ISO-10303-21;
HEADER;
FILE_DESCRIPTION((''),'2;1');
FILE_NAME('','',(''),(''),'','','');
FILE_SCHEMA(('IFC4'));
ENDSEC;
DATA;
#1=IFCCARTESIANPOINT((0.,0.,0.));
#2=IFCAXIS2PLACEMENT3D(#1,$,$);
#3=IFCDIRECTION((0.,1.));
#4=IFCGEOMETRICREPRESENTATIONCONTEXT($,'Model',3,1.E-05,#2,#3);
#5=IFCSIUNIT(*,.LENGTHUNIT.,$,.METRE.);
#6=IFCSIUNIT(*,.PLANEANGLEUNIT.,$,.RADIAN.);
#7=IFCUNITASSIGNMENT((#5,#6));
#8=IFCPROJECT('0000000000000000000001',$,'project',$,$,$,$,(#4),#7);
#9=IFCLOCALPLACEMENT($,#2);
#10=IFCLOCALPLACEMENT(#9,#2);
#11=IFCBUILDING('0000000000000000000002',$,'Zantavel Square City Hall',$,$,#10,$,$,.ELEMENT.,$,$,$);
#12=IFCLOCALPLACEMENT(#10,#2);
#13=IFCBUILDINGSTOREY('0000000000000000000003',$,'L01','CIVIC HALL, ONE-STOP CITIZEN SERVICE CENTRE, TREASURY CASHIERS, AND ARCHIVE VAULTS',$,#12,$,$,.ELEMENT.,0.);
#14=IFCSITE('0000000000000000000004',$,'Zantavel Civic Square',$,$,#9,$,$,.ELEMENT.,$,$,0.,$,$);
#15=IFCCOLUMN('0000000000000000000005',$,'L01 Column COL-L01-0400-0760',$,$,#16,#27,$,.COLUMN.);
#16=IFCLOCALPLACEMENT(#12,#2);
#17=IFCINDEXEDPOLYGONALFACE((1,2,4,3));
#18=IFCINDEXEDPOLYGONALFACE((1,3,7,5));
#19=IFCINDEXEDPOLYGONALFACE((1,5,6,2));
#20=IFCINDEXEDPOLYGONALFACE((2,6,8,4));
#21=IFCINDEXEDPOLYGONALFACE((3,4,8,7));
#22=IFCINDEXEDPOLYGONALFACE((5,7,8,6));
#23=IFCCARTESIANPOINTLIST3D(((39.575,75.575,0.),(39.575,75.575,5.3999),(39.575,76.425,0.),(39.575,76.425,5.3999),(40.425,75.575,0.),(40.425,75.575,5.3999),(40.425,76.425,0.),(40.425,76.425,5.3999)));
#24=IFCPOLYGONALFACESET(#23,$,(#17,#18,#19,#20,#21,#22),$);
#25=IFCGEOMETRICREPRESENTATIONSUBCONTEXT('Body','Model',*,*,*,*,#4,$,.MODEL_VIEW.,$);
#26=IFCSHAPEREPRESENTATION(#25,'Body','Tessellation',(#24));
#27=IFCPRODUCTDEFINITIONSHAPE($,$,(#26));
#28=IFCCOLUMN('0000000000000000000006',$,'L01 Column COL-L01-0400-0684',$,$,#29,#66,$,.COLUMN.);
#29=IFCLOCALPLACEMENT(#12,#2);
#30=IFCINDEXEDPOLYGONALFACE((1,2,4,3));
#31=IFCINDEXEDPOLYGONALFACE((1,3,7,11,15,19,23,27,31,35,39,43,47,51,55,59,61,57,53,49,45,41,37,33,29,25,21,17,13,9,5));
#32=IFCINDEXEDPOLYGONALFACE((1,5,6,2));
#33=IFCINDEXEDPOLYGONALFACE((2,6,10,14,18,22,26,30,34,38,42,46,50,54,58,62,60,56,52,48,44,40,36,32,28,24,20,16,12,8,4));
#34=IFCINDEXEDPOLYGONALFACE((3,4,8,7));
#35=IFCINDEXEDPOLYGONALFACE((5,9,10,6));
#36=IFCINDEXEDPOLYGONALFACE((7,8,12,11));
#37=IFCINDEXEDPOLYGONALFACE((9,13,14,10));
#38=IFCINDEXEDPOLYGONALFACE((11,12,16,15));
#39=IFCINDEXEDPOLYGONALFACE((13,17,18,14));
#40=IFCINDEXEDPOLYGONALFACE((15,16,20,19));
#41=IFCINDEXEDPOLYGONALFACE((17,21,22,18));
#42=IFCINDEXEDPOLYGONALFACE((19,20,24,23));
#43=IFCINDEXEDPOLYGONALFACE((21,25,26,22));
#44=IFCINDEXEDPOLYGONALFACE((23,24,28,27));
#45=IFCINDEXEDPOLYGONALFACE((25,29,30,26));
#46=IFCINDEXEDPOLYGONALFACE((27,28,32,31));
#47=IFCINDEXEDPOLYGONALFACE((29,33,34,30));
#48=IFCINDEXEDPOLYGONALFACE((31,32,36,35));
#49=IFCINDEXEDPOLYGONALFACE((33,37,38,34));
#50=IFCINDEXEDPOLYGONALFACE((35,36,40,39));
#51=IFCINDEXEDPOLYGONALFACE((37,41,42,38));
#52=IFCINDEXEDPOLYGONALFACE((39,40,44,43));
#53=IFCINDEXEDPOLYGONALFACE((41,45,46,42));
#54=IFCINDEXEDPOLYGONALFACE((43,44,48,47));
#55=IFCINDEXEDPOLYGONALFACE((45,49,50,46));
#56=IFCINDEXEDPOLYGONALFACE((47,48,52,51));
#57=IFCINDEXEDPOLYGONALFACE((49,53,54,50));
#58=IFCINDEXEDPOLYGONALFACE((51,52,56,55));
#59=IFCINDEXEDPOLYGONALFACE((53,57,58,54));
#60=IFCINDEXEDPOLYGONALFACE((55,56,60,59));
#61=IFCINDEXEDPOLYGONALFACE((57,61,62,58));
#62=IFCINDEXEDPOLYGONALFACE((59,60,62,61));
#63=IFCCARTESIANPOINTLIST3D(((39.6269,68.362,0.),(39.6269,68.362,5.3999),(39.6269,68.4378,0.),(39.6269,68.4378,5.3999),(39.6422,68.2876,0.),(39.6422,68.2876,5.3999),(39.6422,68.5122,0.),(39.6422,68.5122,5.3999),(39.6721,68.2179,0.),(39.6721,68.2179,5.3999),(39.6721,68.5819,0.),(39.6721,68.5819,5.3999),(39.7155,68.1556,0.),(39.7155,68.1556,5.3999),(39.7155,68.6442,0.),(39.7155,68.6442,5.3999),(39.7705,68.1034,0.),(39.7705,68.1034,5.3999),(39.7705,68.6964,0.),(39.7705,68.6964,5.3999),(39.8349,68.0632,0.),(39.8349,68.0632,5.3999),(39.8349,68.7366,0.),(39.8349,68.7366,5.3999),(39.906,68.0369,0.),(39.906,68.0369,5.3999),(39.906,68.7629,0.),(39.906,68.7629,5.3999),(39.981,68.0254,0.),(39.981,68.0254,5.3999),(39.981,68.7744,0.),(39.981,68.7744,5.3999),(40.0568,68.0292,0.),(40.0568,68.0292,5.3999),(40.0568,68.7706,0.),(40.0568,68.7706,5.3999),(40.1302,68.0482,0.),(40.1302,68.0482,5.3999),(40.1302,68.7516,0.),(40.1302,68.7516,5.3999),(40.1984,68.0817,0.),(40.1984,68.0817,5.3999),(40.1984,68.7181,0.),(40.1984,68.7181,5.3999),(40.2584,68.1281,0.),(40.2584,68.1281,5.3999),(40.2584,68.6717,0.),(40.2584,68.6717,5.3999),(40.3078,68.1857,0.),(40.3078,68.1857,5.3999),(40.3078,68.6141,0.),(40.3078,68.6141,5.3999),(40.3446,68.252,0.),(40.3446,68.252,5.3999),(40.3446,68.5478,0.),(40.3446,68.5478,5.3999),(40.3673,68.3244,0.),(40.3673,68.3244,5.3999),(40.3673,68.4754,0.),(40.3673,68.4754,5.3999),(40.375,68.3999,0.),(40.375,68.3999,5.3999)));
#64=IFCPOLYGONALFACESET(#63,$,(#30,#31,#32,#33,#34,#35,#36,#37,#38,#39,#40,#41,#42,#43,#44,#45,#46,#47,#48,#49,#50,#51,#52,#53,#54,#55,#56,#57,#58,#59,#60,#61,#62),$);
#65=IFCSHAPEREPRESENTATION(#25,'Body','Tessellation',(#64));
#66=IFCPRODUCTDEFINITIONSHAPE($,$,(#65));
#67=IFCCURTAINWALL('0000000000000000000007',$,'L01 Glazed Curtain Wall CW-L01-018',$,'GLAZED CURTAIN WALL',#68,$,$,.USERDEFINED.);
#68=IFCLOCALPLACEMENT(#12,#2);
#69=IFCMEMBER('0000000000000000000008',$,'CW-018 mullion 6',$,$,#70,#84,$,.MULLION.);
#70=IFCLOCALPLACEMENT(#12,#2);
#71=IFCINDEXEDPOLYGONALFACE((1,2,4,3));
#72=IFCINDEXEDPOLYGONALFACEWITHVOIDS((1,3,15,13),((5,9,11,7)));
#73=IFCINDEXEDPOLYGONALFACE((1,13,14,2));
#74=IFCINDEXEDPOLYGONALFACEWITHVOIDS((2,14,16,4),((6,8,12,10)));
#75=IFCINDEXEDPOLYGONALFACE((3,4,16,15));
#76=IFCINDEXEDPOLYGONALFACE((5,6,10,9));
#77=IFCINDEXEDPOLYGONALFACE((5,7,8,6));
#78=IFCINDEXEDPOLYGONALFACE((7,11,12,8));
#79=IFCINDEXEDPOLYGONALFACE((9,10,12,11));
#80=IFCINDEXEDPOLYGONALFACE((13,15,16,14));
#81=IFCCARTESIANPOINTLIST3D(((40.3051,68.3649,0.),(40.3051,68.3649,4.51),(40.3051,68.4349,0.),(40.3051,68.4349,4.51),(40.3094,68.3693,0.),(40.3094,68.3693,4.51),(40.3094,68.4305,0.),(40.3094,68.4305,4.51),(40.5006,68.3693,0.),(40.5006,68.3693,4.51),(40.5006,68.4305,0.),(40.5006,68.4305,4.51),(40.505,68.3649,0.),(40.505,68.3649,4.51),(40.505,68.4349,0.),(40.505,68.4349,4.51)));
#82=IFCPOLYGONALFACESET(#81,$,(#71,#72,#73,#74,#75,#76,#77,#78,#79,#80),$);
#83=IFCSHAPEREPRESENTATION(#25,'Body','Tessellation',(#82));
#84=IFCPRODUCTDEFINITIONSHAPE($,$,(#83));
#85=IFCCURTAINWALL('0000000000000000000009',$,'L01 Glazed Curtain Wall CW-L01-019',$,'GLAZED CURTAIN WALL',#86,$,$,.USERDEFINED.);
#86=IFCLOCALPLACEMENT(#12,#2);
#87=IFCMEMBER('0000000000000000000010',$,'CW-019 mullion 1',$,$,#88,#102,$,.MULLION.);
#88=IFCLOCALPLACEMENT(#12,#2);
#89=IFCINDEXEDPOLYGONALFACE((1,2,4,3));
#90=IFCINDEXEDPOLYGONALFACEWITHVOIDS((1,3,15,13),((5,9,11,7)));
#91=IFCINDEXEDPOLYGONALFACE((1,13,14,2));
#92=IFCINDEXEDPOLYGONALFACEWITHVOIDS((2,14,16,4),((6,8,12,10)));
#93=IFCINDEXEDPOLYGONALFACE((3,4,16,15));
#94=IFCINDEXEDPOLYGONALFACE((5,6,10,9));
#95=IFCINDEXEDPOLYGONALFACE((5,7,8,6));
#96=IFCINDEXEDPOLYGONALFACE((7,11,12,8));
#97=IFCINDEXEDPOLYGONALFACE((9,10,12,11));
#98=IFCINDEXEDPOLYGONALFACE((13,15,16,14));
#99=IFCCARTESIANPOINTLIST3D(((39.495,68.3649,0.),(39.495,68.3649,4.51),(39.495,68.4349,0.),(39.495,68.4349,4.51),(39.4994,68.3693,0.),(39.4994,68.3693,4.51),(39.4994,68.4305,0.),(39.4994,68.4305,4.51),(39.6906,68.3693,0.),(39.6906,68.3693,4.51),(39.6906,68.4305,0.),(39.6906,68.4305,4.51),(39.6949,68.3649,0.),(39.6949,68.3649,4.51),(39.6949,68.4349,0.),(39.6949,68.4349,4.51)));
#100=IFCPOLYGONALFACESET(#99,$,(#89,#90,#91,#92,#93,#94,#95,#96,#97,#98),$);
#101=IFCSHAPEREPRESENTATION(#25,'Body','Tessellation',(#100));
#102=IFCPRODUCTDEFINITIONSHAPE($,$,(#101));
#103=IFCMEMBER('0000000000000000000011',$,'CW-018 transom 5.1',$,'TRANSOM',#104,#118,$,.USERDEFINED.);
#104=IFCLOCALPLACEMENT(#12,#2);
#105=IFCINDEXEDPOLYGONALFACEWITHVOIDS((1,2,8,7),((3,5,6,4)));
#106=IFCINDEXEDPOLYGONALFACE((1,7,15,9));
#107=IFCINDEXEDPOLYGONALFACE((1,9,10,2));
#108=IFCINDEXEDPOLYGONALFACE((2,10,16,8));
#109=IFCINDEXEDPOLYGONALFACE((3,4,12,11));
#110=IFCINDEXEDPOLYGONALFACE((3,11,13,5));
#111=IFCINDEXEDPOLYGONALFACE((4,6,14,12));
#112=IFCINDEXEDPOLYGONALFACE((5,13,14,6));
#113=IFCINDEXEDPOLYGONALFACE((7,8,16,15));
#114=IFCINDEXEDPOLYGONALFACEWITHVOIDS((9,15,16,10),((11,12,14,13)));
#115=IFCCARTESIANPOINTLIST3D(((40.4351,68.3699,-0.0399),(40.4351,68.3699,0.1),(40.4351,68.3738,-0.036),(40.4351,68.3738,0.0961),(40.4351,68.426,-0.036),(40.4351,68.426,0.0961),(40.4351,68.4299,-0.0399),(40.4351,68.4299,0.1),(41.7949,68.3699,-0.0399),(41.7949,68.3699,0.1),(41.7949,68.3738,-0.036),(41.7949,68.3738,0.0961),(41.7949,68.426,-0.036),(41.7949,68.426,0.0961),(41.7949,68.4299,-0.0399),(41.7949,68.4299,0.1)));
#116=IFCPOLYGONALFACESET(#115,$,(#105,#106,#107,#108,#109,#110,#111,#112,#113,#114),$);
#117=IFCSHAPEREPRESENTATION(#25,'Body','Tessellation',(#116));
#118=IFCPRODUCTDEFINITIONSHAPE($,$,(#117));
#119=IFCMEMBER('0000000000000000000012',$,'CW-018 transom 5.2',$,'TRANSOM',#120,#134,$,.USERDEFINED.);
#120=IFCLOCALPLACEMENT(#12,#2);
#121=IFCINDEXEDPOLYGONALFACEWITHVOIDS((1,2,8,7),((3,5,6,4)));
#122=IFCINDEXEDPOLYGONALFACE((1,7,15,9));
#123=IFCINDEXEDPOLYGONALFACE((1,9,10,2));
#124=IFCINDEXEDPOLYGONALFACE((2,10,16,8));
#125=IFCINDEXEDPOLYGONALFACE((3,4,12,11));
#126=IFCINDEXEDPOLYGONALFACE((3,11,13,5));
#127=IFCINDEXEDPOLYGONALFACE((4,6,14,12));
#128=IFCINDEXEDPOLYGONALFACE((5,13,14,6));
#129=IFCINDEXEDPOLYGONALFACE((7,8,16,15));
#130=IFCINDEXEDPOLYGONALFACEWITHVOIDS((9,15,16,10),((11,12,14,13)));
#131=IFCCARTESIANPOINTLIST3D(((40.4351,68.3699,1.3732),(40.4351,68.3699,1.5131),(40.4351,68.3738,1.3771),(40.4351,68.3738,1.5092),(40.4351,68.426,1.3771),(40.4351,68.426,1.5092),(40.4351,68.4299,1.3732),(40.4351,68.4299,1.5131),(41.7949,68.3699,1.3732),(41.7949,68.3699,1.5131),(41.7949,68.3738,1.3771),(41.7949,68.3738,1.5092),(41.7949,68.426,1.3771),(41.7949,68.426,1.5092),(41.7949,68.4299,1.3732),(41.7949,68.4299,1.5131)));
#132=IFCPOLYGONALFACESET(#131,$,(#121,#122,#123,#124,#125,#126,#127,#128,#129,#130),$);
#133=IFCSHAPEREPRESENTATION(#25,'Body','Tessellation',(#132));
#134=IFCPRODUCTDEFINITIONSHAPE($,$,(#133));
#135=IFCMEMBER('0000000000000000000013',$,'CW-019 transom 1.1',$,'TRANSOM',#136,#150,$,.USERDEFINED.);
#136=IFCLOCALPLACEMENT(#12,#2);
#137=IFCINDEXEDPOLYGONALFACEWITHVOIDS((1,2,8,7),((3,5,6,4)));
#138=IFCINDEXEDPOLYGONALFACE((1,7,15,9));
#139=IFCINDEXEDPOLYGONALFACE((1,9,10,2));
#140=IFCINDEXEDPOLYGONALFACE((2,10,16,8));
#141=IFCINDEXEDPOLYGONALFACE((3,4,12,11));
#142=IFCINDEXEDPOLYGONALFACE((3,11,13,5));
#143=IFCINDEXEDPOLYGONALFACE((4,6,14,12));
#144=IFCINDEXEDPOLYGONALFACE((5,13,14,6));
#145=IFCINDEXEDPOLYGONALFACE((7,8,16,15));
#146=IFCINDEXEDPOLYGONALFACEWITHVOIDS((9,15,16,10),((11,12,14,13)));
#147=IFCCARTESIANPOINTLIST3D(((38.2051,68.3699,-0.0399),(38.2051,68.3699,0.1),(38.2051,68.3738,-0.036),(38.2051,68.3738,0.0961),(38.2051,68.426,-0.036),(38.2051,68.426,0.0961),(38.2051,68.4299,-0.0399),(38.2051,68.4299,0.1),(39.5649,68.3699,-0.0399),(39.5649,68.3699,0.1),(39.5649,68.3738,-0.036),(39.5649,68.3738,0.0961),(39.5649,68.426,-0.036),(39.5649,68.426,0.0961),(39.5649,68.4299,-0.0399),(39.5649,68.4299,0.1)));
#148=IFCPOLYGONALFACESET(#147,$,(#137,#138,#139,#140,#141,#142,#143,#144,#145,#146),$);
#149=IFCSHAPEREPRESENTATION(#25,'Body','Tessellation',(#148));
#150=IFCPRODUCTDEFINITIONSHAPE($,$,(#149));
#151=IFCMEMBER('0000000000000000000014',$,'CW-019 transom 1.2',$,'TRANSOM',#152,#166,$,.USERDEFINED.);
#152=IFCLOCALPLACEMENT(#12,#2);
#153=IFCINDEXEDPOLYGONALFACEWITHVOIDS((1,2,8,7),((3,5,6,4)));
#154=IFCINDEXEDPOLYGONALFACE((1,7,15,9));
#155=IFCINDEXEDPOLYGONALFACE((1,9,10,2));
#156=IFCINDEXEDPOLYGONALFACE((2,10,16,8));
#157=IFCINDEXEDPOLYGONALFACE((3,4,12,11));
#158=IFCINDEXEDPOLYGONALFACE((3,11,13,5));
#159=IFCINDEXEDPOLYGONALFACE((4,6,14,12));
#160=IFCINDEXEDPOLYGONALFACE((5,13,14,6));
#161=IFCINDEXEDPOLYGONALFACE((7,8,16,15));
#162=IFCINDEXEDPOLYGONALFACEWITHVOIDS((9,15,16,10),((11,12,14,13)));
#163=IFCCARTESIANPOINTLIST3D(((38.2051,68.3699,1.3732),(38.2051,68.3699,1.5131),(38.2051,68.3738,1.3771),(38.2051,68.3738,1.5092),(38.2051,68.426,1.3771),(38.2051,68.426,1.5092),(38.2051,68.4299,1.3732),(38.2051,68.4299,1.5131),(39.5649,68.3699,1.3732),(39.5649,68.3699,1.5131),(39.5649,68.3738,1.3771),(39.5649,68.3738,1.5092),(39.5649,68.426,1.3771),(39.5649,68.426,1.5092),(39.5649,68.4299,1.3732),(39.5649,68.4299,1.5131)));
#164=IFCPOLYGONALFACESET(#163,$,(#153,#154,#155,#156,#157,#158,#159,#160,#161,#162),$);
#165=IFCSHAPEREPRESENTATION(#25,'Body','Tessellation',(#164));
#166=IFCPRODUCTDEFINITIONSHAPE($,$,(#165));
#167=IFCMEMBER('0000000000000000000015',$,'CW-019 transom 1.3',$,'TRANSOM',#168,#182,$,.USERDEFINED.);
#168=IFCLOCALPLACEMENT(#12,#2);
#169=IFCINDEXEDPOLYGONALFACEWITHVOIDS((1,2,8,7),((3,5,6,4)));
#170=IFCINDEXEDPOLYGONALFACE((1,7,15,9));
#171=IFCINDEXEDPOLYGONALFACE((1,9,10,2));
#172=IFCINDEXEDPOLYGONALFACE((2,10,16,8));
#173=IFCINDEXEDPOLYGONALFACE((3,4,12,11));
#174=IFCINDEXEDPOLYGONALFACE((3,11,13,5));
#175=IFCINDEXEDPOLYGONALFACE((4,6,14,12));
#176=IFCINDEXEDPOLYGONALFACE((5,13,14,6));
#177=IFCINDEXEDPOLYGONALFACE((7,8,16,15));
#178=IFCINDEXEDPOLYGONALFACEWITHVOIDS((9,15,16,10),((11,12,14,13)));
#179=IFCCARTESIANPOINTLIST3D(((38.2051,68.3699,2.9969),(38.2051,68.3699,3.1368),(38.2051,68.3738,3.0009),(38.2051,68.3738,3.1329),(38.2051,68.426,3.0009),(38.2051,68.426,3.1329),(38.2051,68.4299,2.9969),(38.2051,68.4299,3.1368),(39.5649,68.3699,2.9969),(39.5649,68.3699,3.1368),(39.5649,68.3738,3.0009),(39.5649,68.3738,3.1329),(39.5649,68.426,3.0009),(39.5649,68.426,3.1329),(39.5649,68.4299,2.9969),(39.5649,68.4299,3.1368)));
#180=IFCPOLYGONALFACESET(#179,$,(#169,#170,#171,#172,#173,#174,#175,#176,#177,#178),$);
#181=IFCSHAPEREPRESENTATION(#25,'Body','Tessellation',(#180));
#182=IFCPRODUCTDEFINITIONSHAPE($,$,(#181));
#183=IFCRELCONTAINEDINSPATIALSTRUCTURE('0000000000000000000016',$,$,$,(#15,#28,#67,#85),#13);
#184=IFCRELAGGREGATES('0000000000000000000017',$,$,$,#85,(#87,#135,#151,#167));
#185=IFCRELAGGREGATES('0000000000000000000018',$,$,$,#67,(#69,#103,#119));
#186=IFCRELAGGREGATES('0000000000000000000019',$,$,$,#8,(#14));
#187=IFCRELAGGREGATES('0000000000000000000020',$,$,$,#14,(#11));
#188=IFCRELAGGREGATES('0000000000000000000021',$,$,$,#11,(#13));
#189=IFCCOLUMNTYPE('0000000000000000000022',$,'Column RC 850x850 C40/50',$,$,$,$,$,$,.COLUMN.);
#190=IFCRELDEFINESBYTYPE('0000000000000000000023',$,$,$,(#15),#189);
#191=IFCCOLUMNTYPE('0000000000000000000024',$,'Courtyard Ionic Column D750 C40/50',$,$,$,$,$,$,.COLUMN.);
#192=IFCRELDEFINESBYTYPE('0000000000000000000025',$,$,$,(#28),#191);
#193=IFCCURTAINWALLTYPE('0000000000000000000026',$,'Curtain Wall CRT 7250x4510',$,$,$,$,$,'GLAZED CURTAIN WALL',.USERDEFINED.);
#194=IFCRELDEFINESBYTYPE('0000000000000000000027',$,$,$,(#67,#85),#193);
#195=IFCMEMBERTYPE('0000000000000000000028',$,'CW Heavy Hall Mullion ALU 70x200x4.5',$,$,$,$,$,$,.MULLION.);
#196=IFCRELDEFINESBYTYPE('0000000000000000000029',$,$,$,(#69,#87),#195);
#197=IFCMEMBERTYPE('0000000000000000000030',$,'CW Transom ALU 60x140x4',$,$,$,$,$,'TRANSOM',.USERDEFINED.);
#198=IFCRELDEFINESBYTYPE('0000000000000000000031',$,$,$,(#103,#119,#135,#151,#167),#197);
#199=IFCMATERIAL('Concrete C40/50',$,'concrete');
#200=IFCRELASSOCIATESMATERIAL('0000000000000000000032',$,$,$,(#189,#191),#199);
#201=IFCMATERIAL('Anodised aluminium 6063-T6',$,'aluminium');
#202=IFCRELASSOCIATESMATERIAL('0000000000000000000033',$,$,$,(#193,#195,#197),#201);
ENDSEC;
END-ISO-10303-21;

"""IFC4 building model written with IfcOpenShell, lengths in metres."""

from ifc_helpers import new_model, si_unit, direction, frame, origin, origin_2d, place, context, subcontext, project, spatial, rectangle, hollow_rectangle, circle, extrude, material, material_profile, profile_set, type_object, element, aggregate, save


model = new_model("IFC4")

# Units and contexts
model_context = context("Model", 3, precision=1e-05, world=origin(), true_north=direction((0.0, 1.0)))
body_context = subcontext(model_context, "Body", "Model", "MODEL_VIEW")
ifc_project = project(units=[si_unit("LENGTHUNIT", "METRE"), si_unit("PLANEANGLEUNIT", "RADIAN")], contexts=[model_context])

# Site, building, storey
site_placement = place(None, origin())
site = spatial("IfcSite", under=ifc_project, at=site_placement, Name="Zantavel Civic Square", CompositionType="ELEMENT", RefElevation=0.0)
building_placement = place(site_placement, origin())
building = spatial("IfcBuilding", under=site, at=building_placement, Name="Zantavel Square City Hall", CompositionType="ELEMENT")
storey_placement = place(building_placement, origin())
storey = spatial("IfcBuildingStorey", under=building, at=storey_placement, Name="L01", Description="CIVIC HALL, ONE-STOP CITIZEN SERVICE CENTRE, TREASURY CASHIERS, AND ARCHIVE VAULTS", CompositionType="ELEMENT", Elevation=0.0)

# Columns
ifc_material_1 = material(Name="Concrete C40/50", Category="concrete")
ifc_material_profile_1 = material_profile(ifc_material_1, rectangle(XDim=0.8501, YDim=0.8501, at=origin_2d()), Name="RC 850x850")
ifc_profile_set_1 = profile_set([ifc_material_profile_1], Name="Concrete C40/50")
column_type_1 = type_object("IfcColumnType", Name="Column RC 850x850 C40/50", PredefinedType="COLUMN", material=ifc_profile_set_1)
column_1_placement = place(storey_placement, frame((40.0, 76.0, 0.0), z_axis=(0.0, 0.0, 1.0), x_axis=(1.0, 0.0, 0.0)))
element("IfcColumn", 1, at=column_1_placement, inside=storey, type_object=column_type_1, Name="L01 Column COL-L01-0400-0760", PredefinedType="COLUMN", context=body_context, shape_type="SweptSolid", body=[
    extrude(rectangle(XDim=0.8501, YDim=0.8501, at=origin_2d()), origin(), (0.0, 0.0, 1.0), 5.3999),
])
ifc_material_profile_2 = material_profile(ifc_material_1, circle(Radius=0.375, at=origin_2d()), Name="ROUND D750")
ifc_profile_set_2 = profile_set([ifc_material_profile_2], Name="Concrete C40/50")
column_type_2 = type_object("IfcColumnType", Name="Courtyard Ionic Column D750 C40/50", PredefinedType="COLUMN", material=ifc_profile_set_2)
column_2_placement = place(storey_placement, frame((40.0, 68.3999, 0.0), z_axis=(0.0, 0.0, 1.0), x_axis=(1.0, 0.0, 0.0)))
element("IfcColumn", 2, at=column_2_placement, inside=storey, type_object=column_type_2, Name="L01 Column COL-L01-0400-0684", PredefinedType="COLUMN", context=body_context, shape_type="SweptSolid", body=[
    extrude(circle(Radius=0.375, at=origin_2d()), origin(), (0.0, 0.0, 1.0), 5.3999),
])

# Curtain walls, members
ifc_material_2 = material(Name="Anodised aluminium 6063-T6", Category="aluminium")
curtain_wall_type = type_object("IfcCurtainWallType", Name="Curtain Wall CRT 7250x4510", ElementType="GLAZED CURTAIN WALL", PredefinedType="USERDEFINED", material=ifc_material_2)
curtain_wall_1_placement = place(storey_placement, origin())
curtain_wall_1 = element("IfcCurtainWall", 3, at=curtain_wall_1_placement, inside=storey, type_object=curtain_wall_type, Name="L01 Glazed Curtain Wall CW-L01-018", ObjectType="GLAZED CURTAIN WALL", PredefinedType="USERDEFINED")
ifc_material_profile_3 = material_profile(ifc_material_2, hollow_rectangle(XDim=0.0701, YDim=0.2, WallThickness=0.0044, at=origin_2d()), Name="ALU 70x200x4.5")
ifc_profile_set_3 = profile_set([ifc_material_profile_3], Name="Anodised aluminium 6063-T6")
member_type_1 = type_object("IfcMemberType", Name="CW Heavy Hall Mullion ALU 70x200x4.5", PredefinedType="MULLION", material=ifc_profile_set_3)
member_1_placement = place(storey_placement, frame((40.405, 68.3999, 0.0), z_axis=(0.0, 0.0, 1.0), x_axis=(0.0, -1.0, 0.0)))
member_1 = element("IfcMember", 4, at=member_1_placement, type_object=member_type_1, Name="CW-018 mullion 6", PredefinedType="MULLION", context=body_context, shape_type="SweptSolid", body=[
    extrude(hollow_rectangle(XDim=0.0701, YDim=0.2, WallThickness=0.0044, at=origin_2d()), origin(), (0.0, 0.0, 1.0), 4.51),
])
curtain_wall_2_placement = place(storey_placement, origin())
curtain_wall_2 = element("IfcCurtainWall", 5, at=curtain_wall_2_placement, inside=storey, type_object=curtain_wall_type, Name="L01 Glazed Curtain Wall CW-L01-019", ObjectType="GLAZED CURTAIN WALL", PredefinedType="USERDEFINED")
member_2_placement = place(storey_placement, frame((39.595, 68.3999, 0.0), z_axis=(0.0, 0.0, 1.0), x_axis=(0.0, -1.0, 0.0)))
member_2 = element("IfcMember", 6, at=member_2_placement, type_object=member_type_1, Name="CW-019 mullion 1", PredefinedType="MULLION", context=body_context, shape_type="SweptSolid", body=[
    extrude(hollow_rectangle(XDim=0.0701, YDim=0.2, WallThickness=0.0044, at=origin_2d()), origin(), (0.0, 0.0, 1.0), 4.51),
])

# Members
ifc_material_profile_4 = material_profile(ifc_material_2, hollow_rectangle(XDim=0.0601, YDim=0.1399, WallThickness=0.0039, at=origin_2d()), Name="ALU 60x140x4")
ifc_profile_set_4 = profile_set([ifc_material_profile_4], Name="Anodised aluminium 6063-T6")
member_type_2 = type_object("IfcMemberType", Name="CW Transom ALU 60x140x4", ElementType="TRANSOM", PredefinedType="USERDEFINED", material=ifc_profile_set_4)
member_3_placement = place(storey_placement, frame((41.7949, 68.3999, 0.03), z_axis=(-1.0, 0.0, 0.0), x_axis=(0.0, -1.0, 0.0)))
member_3 = element("IfcMember", 7, at=member_3_placement, type_object=member_type_2, Name="CW-018 transom 5.1", ObjectType="TRANSOM", PredefinedType="USERDEFINED", context=body_context, shape_type="SweptSolid", body=[
    extrude(hollow_rectangle(XDim=0.0601, YDim=0.1399, WallThickness=0.0039, at=origin_2d()), origin(), (0.0, 0.0, 1.0), 1.3599),
])
member_4_placement = place(storey_placement, frame((41.7949, 68.3999, 1.4431), z_axis=(-1.0, 0.0, 0.0), x_axis=(0.0, -1.0, 0.0)))
member_4 = element("IfcMember", 8, at=member_4_placement, type_object=member_type_2, Name="CW-018 transom 5.2", ObjectType="TRANSOM", PredefinedType="USERDEFINED", context=body_context, shape_type="SweptSolid", body=[
    extrude(hollow_rectangle(XDim=0.0601, YDim=0.1399, WallThickness=0.0039, at=origin_2d()), origin(), (0.0, 0.0, 1.0), 1.3599),
])
member_5_placement = place(storey_placement, frame((39.5649, 68.3999, 0.03), z_axis=(-1.0, 0.0, 0.0), x_axis=(0.0, -1.0, 0.0)))
member_5 = element("IfcMember", 9, at=member_5_placement, type_object=member_type_2, Name="CW-019 transom 1.1", ObjectType="TRANSOM", PredefinedType="USERDEFINED", context=body_context, shape_type="SweptSolid", body=[
    extrude(hollow_rectangle(XDim=0.0601, YDim=0.1399, WallThickness=0.0039, at=origin_2d()), origin(), (0.0, 0.0, 1.0), 1.3599),
])
member_6_placement = place(storey_placement, frame((39.5649, 68.3999, 1.4431), z_axis=(-1.0, 0.0, 0.0), x_axis=(0.0, -1.0, 0.0)))
member_6 = element("IfcMember", 10, at=member_6_placement, type_object=member_type_2, Name="CW-019 transom 1.2", ObjectType="TRANSOM", PredefinedType="USERDEFINED", context=body_context, shape_type="SweptSolid", body=[
    extrude(hollow_rectangle(XDim=0.0601, YDim=0.1399, WallThickness=0.0039, at=origin_2d()), origin(), (0.0, 0.0, 1.0), 1.3599),
])
member_7_placement = place(storey_placement, frame((39.5649, 68.3999, 3.0669), z_axis=(-1.0, 0.0, 0.0), x_axis=(0.0, -1.0, 0.0)))
member_7 = element("IfcMember", 11, at=member_7_placement, type_object=member_type_2, Name="CW-019 transom 1.3", ObjectType="TRANSOM", PredefinedType="USERDEFINED", context=body_context, shape_type="SweptSolid", body=[
    extrude(hollow_rectangle(XDim=0.0601, YDim=0.1399, WallThickness=0.0039, at=origin_2d()), origin(), (0.0, 0.0, 1.0), 1.3599),
])
aggregate(curtain_wall_2, [member_2, member_5, member_6, member_7])

aggregate(curtain_wall_1, [member_1, member_3, member_4])

save(model, "model.ifc")
